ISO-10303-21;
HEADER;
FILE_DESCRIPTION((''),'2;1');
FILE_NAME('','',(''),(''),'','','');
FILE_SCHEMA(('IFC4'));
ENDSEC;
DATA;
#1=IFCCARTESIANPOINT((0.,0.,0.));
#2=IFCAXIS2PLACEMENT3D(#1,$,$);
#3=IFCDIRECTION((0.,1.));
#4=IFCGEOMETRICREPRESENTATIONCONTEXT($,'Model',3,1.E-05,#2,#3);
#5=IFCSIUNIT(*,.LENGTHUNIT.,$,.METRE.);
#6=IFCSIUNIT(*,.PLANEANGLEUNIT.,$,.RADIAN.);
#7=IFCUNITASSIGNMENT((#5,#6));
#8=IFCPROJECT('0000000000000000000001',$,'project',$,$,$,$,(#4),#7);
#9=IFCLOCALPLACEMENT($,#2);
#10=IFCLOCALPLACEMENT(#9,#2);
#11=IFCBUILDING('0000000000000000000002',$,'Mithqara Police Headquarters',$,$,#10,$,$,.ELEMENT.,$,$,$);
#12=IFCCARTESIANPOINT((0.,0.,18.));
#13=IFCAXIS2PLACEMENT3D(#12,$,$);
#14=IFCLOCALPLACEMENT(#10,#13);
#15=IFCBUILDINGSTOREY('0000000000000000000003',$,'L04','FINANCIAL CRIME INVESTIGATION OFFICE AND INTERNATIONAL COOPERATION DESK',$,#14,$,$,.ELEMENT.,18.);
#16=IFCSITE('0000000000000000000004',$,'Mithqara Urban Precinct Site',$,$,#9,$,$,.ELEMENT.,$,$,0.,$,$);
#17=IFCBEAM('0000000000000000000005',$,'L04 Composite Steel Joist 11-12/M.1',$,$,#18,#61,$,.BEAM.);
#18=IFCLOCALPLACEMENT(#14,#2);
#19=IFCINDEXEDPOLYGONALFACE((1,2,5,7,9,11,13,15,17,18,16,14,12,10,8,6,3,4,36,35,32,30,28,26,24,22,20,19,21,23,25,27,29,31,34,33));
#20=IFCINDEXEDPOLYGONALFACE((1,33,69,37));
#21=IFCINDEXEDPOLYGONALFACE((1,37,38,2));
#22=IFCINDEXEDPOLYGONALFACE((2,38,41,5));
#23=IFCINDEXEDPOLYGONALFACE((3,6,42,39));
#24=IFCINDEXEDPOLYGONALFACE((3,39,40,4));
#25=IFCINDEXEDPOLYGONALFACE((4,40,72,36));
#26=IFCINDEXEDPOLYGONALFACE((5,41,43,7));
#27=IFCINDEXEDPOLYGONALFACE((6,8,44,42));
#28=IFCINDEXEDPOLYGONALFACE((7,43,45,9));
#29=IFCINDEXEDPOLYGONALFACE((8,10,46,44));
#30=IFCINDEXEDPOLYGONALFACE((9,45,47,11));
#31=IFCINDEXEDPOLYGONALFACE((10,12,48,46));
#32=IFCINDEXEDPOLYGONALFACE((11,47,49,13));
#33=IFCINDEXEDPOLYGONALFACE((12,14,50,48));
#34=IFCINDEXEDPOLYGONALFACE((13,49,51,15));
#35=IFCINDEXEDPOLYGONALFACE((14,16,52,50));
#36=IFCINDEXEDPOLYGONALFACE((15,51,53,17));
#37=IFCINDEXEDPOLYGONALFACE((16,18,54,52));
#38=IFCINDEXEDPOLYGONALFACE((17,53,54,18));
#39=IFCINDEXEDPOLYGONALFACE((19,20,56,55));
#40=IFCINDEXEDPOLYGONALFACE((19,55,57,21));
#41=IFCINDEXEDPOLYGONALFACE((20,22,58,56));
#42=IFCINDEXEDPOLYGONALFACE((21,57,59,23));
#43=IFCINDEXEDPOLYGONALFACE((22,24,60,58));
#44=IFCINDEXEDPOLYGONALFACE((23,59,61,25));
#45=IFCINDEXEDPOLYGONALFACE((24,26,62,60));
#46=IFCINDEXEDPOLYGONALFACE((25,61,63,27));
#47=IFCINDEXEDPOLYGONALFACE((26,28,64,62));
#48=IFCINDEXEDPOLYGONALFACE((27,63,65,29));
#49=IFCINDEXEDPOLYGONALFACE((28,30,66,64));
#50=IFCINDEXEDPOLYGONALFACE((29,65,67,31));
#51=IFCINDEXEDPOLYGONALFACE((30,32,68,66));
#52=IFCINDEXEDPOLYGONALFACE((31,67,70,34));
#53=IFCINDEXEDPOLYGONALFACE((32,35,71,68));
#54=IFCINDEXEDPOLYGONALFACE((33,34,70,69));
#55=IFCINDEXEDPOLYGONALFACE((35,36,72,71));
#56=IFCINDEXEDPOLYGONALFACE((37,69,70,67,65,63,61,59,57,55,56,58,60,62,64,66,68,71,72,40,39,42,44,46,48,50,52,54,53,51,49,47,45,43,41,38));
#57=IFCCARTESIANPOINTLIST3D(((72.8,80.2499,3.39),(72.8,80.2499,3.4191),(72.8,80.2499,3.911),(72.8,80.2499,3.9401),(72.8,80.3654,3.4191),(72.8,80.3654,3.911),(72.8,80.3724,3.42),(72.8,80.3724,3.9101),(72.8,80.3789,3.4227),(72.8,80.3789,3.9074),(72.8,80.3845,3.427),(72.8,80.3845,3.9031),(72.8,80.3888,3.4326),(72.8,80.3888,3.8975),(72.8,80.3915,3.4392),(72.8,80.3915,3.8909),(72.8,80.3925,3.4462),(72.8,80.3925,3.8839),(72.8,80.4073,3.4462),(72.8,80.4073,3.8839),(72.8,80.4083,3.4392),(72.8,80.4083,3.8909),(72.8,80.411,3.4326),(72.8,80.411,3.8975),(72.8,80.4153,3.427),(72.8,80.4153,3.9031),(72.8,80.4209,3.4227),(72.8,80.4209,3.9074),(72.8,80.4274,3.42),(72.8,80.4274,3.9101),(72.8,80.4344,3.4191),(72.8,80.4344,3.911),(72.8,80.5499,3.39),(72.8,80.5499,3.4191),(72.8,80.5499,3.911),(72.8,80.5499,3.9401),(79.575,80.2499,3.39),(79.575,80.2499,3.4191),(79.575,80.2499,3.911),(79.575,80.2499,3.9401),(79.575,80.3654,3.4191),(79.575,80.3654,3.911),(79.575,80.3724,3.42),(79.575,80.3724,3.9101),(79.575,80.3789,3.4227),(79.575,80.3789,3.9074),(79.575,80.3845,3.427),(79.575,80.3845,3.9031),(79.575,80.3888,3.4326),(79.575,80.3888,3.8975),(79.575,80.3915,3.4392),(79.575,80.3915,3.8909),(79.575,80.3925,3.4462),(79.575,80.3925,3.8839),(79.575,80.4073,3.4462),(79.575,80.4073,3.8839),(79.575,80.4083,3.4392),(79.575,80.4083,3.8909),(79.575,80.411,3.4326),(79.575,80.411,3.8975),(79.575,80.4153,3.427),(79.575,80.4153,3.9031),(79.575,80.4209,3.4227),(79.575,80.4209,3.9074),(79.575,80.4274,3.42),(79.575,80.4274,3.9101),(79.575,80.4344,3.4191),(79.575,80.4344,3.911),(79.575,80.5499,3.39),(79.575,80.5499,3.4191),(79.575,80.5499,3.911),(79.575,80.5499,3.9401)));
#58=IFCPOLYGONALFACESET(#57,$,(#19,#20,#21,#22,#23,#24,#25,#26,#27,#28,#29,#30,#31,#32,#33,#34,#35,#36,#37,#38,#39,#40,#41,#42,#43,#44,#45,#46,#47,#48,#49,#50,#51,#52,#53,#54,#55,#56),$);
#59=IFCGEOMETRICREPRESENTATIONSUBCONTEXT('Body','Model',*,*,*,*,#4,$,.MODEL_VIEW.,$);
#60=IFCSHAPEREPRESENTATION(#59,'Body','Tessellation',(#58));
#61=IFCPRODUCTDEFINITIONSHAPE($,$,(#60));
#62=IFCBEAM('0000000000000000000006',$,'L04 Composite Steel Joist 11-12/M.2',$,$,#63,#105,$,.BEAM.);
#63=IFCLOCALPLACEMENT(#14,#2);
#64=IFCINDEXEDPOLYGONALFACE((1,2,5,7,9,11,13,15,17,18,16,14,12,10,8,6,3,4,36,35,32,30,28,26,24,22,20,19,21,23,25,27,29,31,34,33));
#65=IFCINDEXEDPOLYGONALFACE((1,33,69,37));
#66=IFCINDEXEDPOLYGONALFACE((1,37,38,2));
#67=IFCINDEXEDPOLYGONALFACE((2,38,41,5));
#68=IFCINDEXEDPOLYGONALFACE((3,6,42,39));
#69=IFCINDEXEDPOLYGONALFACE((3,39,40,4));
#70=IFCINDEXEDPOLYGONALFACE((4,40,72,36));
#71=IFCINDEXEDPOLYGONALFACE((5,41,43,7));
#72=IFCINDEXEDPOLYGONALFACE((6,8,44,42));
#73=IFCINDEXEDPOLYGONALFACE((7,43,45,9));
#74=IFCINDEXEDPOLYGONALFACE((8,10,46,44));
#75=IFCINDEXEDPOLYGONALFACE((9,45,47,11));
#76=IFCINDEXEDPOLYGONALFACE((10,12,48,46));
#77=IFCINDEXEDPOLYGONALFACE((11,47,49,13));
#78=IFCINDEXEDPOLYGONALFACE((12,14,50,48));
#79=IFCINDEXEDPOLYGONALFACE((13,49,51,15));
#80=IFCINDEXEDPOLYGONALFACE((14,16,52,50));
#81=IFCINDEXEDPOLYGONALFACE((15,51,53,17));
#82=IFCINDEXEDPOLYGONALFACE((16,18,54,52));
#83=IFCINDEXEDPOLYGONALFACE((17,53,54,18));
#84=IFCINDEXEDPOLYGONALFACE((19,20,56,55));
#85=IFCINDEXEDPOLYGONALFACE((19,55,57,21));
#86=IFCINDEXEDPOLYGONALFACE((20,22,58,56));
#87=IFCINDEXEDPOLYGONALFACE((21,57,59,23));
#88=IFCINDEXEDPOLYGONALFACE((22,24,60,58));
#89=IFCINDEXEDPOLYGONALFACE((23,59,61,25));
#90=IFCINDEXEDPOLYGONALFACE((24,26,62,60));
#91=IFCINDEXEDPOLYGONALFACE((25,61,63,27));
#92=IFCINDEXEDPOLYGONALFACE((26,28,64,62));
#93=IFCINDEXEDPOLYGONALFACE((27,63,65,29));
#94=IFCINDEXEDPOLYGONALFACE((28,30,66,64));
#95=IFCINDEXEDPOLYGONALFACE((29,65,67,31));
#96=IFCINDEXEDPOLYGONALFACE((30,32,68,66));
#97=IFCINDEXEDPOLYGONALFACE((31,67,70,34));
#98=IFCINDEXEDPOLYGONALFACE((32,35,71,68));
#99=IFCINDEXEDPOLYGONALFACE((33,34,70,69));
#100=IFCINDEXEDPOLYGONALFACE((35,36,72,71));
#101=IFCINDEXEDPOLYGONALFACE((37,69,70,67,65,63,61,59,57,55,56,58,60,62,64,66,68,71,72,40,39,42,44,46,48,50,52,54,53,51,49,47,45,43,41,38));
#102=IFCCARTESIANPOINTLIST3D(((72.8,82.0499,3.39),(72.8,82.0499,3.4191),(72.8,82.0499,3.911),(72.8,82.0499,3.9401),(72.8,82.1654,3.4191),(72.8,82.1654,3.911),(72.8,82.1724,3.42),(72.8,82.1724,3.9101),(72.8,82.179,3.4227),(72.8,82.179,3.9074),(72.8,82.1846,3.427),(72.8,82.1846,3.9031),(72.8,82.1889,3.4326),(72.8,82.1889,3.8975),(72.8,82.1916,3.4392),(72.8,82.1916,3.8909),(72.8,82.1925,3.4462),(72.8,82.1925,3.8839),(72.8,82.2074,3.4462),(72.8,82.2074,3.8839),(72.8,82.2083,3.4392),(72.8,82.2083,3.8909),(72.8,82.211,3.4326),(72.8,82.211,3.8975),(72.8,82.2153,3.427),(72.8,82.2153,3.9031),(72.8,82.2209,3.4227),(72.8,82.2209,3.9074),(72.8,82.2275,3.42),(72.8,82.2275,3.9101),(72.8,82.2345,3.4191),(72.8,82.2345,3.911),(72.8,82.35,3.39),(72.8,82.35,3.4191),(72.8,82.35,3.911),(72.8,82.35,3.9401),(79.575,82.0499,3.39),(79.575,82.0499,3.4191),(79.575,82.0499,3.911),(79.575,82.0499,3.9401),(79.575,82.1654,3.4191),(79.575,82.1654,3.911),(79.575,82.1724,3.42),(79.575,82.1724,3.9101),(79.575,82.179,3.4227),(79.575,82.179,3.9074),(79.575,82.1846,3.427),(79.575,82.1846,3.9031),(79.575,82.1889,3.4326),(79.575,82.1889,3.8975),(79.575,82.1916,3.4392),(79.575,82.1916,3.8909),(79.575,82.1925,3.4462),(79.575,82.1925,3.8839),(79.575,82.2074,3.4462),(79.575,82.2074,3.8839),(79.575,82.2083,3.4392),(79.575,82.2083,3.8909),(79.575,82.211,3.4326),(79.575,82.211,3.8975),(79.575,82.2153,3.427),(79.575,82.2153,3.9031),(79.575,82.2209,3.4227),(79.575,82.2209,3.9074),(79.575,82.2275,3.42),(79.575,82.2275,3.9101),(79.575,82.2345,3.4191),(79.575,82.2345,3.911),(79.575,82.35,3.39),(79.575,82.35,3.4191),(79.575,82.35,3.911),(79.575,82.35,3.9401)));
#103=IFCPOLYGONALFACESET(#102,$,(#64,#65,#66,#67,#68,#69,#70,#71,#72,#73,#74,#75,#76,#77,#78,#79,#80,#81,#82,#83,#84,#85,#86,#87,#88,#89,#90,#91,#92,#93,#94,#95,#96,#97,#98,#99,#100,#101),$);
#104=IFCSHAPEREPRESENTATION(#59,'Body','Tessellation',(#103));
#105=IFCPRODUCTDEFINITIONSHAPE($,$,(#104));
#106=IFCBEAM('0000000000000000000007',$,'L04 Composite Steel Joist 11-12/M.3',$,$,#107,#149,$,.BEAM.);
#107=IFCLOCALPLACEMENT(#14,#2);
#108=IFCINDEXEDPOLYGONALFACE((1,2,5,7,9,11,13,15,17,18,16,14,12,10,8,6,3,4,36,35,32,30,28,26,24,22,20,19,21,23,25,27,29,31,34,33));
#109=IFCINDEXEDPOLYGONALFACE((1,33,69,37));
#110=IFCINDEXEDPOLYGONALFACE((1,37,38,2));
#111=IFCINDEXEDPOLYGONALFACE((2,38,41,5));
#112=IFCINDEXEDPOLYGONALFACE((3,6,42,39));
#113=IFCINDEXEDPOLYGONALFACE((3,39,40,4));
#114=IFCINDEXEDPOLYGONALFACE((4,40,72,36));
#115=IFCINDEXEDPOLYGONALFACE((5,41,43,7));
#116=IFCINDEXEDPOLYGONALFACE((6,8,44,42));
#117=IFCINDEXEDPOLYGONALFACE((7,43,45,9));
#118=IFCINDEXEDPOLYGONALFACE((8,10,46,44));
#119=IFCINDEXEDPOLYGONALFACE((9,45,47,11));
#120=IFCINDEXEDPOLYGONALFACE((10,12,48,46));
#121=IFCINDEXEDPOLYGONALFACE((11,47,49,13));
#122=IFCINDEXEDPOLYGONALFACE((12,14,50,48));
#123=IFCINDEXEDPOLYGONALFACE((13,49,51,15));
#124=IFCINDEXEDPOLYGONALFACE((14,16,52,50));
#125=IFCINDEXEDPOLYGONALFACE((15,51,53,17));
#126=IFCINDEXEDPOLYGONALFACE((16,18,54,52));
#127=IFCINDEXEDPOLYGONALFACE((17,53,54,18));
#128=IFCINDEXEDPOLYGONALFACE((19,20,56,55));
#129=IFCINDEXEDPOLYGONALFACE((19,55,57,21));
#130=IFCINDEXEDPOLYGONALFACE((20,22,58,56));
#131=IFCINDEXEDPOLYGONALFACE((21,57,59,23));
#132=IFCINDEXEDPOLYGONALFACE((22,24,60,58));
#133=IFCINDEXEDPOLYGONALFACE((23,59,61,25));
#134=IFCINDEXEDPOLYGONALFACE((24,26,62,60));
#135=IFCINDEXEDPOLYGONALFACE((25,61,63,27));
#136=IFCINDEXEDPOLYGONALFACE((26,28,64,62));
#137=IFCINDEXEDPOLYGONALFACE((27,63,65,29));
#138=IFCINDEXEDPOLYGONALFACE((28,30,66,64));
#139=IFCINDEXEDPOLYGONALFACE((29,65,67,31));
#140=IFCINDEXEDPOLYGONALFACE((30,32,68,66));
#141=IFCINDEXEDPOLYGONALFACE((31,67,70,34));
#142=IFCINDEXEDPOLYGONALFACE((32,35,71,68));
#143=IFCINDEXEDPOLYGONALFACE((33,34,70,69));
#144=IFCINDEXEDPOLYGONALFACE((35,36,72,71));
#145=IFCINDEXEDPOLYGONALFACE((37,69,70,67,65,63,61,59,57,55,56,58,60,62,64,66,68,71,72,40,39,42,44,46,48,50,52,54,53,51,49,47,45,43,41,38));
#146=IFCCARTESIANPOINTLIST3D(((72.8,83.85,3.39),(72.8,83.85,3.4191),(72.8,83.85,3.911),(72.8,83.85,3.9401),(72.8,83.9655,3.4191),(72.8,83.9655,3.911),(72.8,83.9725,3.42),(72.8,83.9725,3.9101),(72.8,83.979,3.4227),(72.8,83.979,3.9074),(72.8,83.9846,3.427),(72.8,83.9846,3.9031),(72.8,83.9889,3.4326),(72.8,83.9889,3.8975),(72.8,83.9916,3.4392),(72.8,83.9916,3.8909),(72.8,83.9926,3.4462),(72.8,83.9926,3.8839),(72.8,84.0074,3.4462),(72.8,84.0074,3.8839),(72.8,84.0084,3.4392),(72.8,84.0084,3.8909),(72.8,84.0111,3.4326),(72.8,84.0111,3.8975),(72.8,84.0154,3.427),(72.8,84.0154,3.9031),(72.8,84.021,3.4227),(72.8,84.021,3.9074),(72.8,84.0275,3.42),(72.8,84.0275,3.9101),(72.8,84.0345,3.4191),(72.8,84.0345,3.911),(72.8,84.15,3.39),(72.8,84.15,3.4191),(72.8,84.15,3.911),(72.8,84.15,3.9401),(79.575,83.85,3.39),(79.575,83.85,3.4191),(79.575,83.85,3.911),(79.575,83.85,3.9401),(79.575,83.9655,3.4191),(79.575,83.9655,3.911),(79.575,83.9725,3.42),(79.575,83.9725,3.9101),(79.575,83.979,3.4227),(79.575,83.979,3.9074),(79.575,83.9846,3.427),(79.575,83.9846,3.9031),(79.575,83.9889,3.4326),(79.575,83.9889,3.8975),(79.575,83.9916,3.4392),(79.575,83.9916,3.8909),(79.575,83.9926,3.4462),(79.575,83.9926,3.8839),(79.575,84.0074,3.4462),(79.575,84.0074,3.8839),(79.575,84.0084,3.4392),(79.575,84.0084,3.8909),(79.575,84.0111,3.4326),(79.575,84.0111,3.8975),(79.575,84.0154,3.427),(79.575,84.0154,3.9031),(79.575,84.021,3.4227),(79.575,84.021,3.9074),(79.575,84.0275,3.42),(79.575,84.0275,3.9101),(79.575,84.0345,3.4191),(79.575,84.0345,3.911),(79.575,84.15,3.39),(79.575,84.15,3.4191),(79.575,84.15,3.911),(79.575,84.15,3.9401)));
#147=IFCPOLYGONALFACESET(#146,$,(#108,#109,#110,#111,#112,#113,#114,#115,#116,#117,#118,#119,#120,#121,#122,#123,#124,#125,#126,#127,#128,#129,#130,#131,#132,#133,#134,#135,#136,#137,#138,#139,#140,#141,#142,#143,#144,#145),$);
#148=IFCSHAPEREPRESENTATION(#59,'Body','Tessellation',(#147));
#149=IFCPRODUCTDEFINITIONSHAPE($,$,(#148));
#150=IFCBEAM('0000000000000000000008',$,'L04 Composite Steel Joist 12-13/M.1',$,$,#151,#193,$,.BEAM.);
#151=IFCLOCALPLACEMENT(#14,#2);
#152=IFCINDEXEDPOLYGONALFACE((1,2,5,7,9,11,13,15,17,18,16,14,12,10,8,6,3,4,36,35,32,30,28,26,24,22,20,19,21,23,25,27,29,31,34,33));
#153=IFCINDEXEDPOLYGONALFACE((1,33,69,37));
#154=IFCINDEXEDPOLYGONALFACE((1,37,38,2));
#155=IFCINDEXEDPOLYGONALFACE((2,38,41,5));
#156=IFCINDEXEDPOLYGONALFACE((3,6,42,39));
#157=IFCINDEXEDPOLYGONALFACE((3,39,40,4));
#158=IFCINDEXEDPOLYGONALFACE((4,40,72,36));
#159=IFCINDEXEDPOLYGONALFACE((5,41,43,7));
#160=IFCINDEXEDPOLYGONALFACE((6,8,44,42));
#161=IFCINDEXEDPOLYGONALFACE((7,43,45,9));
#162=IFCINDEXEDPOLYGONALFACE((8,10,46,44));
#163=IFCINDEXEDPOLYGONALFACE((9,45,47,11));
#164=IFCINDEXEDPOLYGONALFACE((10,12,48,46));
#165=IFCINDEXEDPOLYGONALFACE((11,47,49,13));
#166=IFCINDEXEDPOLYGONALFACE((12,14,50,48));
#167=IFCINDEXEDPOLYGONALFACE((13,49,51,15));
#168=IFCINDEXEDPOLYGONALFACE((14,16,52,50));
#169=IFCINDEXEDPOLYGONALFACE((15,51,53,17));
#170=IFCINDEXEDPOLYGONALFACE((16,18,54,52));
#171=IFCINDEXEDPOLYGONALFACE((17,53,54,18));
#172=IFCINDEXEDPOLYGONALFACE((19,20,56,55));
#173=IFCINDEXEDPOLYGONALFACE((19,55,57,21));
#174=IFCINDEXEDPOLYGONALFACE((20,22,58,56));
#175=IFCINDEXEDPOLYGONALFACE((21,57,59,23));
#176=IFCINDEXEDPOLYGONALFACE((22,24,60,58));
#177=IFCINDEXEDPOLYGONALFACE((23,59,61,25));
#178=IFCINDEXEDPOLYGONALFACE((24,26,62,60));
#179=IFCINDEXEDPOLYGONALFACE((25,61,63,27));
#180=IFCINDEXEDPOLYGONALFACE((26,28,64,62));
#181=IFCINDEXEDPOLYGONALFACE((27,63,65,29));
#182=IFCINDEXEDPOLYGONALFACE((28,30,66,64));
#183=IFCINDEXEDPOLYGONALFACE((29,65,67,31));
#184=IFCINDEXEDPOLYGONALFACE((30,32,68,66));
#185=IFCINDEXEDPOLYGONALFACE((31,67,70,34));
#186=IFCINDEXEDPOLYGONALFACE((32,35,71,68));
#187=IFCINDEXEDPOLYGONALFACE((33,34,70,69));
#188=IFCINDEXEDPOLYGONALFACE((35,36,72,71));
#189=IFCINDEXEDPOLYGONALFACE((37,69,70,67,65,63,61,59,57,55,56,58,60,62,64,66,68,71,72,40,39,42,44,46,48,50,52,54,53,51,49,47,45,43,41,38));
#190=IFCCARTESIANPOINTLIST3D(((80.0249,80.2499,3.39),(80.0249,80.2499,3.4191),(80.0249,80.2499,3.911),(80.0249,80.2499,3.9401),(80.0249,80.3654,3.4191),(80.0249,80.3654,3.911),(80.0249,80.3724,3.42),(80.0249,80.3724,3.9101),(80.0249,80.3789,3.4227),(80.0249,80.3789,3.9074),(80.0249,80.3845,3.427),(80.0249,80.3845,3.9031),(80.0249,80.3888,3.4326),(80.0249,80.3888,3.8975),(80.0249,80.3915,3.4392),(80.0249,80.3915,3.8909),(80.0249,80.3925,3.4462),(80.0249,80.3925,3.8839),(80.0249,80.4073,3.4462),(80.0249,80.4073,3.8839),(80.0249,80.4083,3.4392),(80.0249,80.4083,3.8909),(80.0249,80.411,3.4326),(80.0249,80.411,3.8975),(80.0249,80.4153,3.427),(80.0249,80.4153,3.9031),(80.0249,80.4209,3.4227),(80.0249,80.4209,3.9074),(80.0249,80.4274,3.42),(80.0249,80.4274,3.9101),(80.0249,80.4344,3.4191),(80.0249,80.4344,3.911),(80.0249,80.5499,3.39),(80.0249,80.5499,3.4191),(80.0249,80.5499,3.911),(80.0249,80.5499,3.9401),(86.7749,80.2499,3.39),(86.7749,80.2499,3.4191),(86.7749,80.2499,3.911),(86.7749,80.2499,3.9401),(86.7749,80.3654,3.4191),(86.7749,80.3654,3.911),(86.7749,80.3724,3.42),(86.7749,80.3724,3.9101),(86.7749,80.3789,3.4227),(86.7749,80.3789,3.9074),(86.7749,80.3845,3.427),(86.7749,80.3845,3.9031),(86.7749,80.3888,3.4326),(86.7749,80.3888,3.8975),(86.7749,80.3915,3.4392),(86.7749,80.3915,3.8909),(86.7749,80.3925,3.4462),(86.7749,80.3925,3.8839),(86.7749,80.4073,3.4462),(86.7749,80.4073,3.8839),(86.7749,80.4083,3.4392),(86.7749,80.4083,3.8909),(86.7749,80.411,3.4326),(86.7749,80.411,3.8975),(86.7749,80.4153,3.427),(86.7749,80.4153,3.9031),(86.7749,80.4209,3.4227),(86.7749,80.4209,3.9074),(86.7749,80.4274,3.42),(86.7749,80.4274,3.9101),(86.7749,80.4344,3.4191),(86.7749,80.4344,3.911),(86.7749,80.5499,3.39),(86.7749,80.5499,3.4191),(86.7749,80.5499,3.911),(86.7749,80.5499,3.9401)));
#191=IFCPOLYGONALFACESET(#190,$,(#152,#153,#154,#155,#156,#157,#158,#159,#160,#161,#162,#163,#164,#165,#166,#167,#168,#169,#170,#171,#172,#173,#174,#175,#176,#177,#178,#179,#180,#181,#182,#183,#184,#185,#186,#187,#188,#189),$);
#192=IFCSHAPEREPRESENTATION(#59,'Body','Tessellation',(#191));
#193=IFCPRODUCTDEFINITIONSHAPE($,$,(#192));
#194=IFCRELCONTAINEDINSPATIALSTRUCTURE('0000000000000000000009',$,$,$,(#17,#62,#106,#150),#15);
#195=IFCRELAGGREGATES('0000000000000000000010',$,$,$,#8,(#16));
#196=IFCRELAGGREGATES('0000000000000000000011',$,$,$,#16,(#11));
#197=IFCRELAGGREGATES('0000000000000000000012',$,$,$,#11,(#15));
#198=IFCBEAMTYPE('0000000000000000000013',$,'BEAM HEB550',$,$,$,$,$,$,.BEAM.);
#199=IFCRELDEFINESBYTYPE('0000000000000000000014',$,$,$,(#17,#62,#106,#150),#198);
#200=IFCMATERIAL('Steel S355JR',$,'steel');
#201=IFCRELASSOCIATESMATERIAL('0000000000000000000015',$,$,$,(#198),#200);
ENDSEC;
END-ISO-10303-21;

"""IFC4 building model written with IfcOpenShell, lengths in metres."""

from ifc_helpers import new_model, si_unit, direction, frame, origin, origin_2d, place, context, subcontext, project, spatial, i_section, extrude, material, material_profile, profile_set, type_object, element, save


model = new_model("IFC4")

# Units and contexts
model_context = context("Model", 3, precision=1e-05, world=origin(), true_north=direction((0.0, 1.0)))
body_context = subcontext(model_context, "Body", "Model", "MODEL_VIEW")
ifc_project = project(units=[si_unit("LENGTHUNIT", "METRE"), si_unit("PLANEANGLEUNIT", "RADIAN")], contexts=[model_context])

# Site, building, storey
site_placement = place(None, origin())
site = spatial("IfcSite", under=ifc_project, at=site_placement, Name="Mithqara Urban Precinct Site", CompositionType="ELEMENT", RefElevation=0.0)
building_placement = place(site_placement, origin())
building = spatial("IfcBuilding", under=site, at=building_placement, Name="Mithqara Police Headquarters", CompositionType="ELEMENT")
storey_placement = place(building_placement, frame((0.0, 0.0, 18.0)))
storey = spatial("IfcBuildingStorey", under=building, at=storey_placement, Name="L04", Description="FINANCIAL CRIME INVESTIGATION OFFICE AND INTERNATIONAL COOPERATION DESK", CompositionType="ELEMENT", Elevation=18.0)

# Beams
ifc_material_1 = material(Name="Steel S355JR", Category="steel")
ifc_material_profile_1 = material_profile(ifc_material_1, i_section(OverallWidth=0.3, OverallDepth=0.55, WebThickness=0.0149, FlangeThickness=0.0291, FilletRadius=0.0271, at=origin_2d()), Name="HEB 550")
ifc_profile_set_1 = profile_set([ifc_material_profile_1], Name="Steel S355JR")
beam_type_1 = type_object("IfcBeamType", Name="BEAM HEB550", PredefinedType="BEAM", material=ifc_profile_set_1)
for number, where, z_axis, x_axis, name in (
    (1, (72.8, 80.3999, 3.665), (1.0, 0.0, 0.0), (0.0, 1.0, 0.0), "L04 Composite Steel Joist 11-12/M.1"),
    (2, (72.8, 82.2, 3.665), (1.0, 0.0, 0.0), (0.0, 1.0, 0.0), "L04 Composite Steel Joist 11-12/M.2"),
    (3, (72.8, 84.0, 3.665), (1.0, 0.0, 0.0), (0.0, 1.0, 0.0), "L04 Composite Steel Joist 11-12/M.3"),
):
    element("IfcBeam", number, at=place(storey_placement, frame(where, z_axis=z_axis, x_axis=x_axis)), inside=storey, type_object=beam_type_1, Name=name, PredefinedType="BEAM", context=body_context, shape_type="SweptSolid", body=[
        extrude(i_section(OverallWidth=0.3, OverallDepth=0.55, WebThickness=0.0149, FlangeThickness=0.0291, FilletRadius=0.0271, at=origin_2d()), origin(), (0.0, 0.0, 1.0), 6.7749),
    ])
for number, where, z_axis, x_axis, name in (
    (4, (80.0249, 80.3999, 3.665), (1.0, 0.0, 0.0), (0.0, 1.0, 0.0), "L04 Composite Steel Joist 12-13/M.1"),
):
    element("IfcBeam", number, at=place(storey_placement, frame(where, z_axis=z_axis, x_axis=x_axis)), inside=storey, type_object=beam_type_1, Name=name, PredefinedType="BEAM", context=body_context, shape_type="SweptSolid", body=[
        extrude(i_section(OverallWidth=0.3, OverallDepth=0.55, WebThickness=0.0149, FlangeThickness=0.0291, FilletRadius=0.0271, at=origin_2d()), origin(), (0.0, 0.0, 1.0), 6.75),
    ])

save(model, "model.ifc")
